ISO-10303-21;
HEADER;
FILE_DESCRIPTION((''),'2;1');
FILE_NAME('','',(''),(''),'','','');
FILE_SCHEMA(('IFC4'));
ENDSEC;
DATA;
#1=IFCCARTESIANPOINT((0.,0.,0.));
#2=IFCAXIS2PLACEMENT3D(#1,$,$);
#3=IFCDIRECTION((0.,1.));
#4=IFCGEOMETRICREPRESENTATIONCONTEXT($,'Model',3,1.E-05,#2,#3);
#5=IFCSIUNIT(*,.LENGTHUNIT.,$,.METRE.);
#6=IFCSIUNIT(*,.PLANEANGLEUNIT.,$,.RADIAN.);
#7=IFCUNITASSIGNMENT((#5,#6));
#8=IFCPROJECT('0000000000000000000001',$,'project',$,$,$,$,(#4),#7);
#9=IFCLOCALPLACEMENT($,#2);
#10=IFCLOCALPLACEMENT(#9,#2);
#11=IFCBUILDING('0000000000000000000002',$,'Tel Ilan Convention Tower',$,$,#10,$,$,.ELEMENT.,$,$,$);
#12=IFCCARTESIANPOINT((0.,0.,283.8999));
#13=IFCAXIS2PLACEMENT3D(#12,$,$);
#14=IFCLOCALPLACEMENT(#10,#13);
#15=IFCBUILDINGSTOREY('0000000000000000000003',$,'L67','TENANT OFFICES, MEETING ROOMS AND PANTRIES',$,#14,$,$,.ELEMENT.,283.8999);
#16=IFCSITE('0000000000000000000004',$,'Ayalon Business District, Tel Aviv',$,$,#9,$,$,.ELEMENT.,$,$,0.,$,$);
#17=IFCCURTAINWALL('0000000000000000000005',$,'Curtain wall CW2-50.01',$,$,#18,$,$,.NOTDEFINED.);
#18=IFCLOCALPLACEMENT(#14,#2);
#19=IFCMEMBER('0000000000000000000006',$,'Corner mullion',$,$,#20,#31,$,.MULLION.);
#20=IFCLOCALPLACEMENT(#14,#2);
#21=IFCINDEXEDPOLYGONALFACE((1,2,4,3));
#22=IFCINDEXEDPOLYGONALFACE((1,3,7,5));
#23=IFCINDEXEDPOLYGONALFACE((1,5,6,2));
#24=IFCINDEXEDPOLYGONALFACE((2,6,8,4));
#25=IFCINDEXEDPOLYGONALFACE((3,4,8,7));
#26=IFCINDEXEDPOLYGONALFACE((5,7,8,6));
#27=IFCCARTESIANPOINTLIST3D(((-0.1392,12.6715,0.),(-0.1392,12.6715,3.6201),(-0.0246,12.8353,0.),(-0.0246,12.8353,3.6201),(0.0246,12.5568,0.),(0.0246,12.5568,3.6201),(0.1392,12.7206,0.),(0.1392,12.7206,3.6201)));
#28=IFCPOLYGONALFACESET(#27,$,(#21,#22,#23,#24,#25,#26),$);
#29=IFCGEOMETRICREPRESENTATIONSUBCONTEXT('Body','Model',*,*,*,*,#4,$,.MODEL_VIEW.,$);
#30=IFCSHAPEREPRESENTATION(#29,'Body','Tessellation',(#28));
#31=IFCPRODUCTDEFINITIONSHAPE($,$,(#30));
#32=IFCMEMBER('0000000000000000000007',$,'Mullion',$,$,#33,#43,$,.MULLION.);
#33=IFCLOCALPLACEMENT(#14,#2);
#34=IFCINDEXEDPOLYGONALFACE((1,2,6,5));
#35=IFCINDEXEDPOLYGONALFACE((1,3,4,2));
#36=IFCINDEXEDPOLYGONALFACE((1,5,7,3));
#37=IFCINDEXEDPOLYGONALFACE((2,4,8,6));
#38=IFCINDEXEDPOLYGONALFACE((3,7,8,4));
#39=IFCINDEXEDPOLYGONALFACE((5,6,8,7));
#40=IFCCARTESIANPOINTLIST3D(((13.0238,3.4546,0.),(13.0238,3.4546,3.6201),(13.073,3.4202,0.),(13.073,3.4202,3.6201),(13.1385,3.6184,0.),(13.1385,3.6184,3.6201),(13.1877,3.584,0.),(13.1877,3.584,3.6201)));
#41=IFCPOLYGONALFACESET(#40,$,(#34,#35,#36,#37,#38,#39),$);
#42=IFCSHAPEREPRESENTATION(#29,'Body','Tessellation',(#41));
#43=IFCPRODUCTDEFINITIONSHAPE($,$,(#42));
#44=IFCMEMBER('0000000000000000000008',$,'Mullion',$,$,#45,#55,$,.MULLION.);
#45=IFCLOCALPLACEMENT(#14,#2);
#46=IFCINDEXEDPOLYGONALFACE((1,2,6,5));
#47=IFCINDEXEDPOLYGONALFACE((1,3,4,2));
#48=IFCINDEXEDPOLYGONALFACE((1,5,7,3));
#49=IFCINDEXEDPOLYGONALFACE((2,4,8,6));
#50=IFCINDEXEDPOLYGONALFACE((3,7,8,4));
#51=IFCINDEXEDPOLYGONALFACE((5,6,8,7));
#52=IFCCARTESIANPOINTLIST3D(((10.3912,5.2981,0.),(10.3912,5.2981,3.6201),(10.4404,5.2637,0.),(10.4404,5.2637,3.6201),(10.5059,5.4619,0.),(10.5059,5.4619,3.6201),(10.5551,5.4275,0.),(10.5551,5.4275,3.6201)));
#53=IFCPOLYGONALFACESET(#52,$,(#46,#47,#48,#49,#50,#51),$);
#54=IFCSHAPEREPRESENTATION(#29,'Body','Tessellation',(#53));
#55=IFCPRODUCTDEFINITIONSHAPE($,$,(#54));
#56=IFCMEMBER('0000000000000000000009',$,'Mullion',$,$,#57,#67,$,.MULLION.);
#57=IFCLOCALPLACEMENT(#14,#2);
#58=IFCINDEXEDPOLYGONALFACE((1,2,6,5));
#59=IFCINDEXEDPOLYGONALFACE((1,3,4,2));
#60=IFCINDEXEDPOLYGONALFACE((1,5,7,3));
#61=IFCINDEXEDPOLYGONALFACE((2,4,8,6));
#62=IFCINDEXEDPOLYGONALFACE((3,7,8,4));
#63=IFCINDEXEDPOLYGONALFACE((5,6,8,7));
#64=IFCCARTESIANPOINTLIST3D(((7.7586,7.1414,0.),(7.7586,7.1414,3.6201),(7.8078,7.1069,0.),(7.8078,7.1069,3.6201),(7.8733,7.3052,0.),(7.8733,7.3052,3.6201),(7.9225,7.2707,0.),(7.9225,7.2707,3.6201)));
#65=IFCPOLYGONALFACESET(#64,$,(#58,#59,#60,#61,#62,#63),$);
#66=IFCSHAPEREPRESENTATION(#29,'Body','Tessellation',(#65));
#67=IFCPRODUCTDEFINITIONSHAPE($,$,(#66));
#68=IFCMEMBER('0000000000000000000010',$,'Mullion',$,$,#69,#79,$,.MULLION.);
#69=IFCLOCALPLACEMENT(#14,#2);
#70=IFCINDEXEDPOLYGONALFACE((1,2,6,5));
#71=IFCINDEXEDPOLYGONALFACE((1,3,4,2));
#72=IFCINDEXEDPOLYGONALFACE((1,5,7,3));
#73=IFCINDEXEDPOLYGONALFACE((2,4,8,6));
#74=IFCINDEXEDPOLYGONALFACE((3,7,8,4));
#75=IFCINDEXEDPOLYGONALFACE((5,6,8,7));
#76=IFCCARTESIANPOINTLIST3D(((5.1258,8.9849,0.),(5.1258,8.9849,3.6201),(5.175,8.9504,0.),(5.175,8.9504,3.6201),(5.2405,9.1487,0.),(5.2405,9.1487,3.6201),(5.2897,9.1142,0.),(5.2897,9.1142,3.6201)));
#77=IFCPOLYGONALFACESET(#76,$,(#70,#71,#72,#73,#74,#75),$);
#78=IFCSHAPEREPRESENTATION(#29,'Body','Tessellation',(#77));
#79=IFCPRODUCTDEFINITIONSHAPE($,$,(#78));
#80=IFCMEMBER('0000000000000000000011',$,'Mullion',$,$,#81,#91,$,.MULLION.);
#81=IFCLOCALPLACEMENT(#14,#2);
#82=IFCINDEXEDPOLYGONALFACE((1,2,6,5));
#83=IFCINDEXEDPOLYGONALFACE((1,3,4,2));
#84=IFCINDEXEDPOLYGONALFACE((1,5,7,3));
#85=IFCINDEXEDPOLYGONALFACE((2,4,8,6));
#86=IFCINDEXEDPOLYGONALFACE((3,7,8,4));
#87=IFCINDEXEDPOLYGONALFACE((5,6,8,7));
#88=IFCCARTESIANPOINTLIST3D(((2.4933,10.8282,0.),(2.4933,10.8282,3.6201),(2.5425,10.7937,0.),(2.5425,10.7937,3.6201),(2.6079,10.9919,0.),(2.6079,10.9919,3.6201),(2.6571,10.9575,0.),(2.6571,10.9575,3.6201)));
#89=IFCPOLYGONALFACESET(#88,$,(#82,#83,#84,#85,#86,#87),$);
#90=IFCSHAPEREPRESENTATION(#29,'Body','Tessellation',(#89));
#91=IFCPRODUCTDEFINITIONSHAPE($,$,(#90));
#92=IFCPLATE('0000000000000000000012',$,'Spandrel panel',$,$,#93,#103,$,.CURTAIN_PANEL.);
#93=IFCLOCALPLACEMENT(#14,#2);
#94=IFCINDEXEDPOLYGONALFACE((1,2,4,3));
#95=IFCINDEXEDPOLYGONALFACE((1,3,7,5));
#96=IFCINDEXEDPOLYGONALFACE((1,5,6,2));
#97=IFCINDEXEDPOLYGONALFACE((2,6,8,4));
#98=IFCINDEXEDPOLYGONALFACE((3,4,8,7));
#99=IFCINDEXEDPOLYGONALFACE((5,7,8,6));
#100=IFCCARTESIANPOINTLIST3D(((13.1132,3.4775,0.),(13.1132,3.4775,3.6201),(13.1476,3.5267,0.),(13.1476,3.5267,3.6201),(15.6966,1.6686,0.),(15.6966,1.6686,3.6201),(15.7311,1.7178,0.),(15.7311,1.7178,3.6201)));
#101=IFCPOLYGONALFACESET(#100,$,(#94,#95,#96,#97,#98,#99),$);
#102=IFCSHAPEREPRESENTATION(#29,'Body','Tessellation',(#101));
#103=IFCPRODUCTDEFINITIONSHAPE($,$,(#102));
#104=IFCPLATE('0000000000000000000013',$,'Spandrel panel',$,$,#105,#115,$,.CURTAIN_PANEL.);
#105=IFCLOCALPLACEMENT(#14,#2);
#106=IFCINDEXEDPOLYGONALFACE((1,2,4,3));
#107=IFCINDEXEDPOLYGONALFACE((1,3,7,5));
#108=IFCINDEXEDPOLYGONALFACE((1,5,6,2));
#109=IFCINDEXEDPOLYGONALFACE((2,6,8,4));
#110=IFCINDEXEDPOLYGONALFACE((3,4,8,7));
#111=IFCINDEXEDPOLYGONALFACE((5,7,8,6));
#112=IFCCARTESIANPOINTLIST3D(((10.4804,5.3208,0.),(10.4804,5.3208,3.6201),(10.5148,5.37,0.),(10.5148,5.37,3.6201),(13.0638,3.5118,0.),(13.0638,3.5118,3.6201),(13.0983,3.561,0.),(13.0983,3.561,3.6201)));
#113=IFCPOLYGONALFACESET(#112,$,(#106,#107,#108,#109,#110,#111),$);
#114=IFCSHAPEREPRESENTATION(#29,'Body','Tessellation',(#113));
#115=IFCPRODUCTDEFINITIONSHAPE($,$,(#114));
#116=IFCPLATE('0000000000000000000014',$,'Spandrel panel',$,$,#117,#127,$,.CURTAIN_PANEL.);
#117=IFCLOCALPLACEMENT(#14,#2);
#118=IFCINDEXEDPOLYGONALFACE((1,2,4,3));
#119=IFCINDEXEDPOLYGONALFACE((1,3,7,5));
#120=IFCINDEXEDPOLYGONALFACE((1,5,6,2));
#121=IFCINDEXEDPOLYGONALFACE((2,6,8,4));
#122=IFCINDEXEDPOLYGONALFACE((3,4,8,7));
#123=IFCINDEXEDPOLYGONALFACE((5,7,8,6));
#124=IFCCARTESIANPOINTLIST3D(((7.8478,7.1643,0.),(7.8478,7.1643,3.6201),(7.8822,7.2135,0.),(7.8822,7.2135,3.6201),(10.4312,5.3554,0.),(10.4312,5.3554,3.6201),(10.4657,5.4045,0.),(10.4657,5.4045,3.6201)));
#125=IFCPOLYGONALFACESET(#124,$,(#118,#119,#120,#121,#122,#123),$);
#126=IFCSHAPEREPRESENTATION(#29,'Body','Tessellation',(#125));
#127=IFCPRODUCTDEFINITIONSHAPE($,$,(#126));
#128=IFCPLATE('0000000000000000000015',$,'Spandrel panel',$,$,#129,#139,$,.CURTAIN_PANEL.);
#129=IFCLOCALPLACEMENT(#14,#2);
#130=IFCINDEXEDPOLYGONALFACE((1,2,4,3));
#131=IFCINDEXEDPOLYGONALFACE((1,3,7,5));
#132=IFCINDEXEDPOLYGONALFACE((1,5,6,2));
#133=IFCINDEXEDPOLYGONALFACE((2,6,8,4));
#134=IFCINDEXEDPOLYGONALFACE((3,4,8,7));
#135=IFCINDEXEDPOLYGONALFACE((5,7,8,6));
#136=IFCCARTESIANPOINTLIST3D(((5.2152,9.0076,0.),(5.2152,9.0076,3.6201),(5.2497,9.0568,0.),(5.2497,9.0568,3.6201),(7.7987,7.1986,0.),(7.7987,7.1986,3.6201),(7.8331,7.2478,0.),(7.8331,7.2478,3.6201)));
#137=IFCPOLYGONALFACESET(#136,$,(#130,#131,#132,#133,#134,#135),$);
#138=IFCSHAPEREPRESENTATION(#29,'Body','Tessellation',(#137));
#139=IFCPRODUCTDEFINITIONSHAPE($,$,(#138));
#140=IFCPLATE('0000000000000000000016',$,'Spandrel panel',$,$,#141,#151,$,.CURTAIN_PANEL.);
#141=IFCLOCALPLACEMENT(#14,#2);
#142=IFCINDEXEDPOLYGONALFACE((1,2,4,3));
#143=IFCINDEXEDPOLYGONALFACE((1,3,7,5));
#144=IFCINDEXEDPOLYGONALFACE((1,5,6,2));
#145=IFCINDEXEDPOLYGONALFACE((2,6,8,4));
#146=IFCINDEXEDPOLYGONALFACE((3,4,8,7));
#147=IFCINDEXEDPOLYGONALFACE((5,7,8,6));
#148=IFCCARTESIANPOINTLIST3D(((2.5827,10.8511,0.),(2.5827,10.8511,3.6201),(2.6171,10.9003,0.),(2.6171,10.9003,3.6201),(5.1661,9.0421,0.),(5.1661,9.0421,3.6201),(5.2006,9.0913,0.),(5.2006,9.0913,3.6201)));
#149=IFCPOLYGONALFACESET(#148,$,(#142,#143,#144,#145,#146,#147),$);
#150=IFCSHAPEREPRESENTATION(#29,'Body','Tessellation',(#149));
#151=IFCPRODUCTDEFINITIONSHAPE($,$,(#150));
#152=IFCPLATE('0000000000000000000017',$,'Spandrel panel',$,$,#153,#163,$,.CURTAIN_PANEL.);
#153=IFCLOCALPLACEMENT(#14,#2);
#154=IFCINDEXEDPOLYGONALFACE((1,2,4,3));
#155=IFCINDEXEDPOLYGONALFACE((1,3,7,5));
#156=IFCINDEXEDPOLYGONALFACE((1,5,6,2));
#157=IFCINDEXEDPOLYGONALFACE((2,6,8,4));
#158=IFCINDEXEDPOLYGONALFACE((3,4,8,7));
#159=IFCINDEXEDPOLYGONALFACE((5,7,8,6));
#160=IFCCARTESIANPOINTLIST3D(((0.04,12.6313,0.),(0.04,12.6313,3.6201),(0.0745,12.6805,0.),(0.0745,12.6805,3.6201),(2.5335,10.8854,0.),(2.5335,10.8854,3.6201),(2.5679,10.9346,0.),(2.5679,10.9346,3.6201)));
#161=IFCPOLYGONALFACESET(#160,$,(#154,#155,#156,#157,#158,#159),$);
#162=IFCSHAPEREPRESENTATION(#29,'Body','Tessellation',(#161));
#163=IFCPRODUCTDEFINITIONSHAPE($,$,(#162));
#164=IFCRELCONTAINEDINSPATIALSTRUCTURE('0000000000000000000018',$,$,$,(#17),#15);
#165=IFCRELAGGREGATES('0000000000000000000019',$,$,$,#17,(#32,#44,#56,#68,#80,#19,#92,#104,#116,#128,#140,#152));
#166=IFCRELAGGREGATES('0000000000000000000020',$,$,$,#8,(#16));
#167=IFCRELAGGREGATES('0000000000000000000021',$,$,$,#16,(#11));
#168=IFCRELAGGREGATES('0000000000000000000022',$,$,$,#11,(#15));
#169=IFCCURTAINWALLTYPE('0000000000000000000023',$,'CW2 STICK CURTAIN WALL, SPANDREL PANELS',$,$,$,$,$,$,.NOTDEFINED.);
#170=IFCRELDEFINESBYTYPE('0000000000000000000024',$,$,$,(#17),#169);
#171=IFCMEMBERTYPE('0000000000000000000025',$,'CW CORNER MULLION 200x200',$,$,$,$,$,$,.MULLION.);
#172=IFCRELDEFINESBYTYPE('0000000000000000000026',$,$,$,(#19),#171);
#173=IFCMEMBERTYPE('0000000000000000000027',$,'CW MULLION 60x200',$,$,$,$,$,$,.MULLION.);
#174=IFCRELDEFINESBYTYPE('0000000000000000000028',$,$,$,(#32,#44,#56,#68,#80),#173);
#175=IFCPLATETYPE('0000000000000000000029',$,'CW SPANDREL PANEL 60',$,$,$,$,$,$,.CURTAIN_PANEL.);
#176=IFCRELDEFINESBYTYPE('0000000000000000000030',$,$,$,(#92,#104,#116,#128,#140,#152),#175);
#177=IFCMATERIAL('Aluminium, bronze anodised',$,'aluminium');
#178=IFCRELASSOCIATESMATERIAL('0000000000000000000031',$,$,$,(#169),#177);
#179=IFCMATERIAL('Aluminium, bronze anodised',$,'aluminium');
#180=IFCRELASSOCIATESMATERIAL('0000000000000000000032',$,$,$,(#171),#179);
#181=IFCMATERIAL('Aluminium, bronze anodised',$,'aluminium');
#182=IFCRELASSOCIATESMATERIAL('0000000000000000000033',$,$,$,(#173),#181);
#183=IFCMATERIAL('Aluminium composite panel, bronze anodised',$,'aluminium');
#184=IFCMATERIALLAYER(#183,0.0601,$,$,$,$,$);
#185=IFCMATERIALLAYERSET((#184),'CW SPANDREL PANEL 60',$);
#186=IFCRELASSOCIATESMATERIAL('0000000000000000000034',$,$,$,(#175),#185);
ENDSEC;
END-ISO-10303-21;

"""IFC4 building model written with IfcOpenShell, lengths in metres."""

from ifc_helpers import new_model, si_unit, direction, frame, origin, origin_2d, place, context, subcontext, project, spatial, rectangle, extrude, material, layer, layer_set, material_profile, profile_set, type_object, element, aggregate, save


model = new_model("IFC4")

# Units and contexts
model_context = context("Model", 3, precision=1e-05, world=origin(), true_north=direction((0.0, 1.0)))
body_context = subcontext(model_context, "Body", "Model", "MODEL_VIEW")
ifc_project = project(units=[si_unit("LENGTHUNIT", "METRE"), si_unit("PLANEANGLEUNIT", "RADIAN")], contexts=[model_context])

# Site, building, storey
site_placement = place(None, origin())
site = spatial("IfcSite", under=ifc_project, at=site_placement, Name="Ayalon Business District, Tel Aviv", CompositionType="ELEMENT", RefElevation=0.0)
building_placement = place(site_placement, origin())
building = spatial("IfcBuilding", under=site, at=building_placement, Name="Tel Ilan Convention Tower", CompositionType="ELEMENT")
storey_placement = place(building_placement, frame((0.0, 0.0, 283.8999)))
storey = spatial("IfcBuildingStorey", under=building, at=storey_placement, Name="L67", Description="TENANT OFFICES, MEETING ROOMS AND PANTRIES", CompositionType="ELEMENT", Elevation=283.8999)

# Curtain wall, members, plates
ifc_material_1 = material(Name="Aluminium, bronze anodised", Category="aluminium")
curtain_wall_type = type_object("IfcCurtainWallType", Name="CW2 STICK CURTAIN WALL, SPANDREL PANELS", PredefinedType="NOTDEFINED", material=ifc_material_1)
curtain_wall_placement = place(storey_placement, origin())
curtain_wall = element("IfcCurtainWall", 1, at=curtain_wall_placement, inside=storey, type_object=curtain_wall_type, Name="Curtain wall CW2-50.01", PredefinedType="NOTDEFINED")
ifc_material_2 = material(Name="Aluminium, bronze anodised", Category="aluminium")
ifc_material_profile_1 = material_profile(ifc_material_2, rectangle(XDim=0.2, YDim=0.2, at=origin_2d()), Name="CW CORNER MULLION 200x200")
ifc_profile_set_1 = profile_set([ifc_material_profile_1], Name="Aluminium, bronze anodised")
member_type_1 = type_object("IfcMemberType", Name="CW CORNER MULLION 200x200", PredefinedType="MULLION", material=ifc_profile_set_1)
member_1_placement = place(storey_placement, frame((0.0, 12.696, 0.0), z_axis=(0.0, 0.0, 1.0), x_axis=(-0.819152, 0.573576, 0.0)))
member_1 = element("IfcMember", 2, at=member_1_placement, type_object=member_type_1, Name="Corner mullion", PredefinedType="MULLION", context=body_context, shape_type="SweptSolid", body=[
    extrude(rectangle(XDim=0.2, YDim=0.2, at=origin_2d()), origin(), (0.0, 0.0, 1.0), 3.6201),
])
ifc_material_3 = material(Name="Aluminium, bronze anodised", Category="aluminium")
ifc_material_profile_2 = material_profile(ifc_material_3, rectangle(XDim=0.0601, YDim=0.2, at=origin_2d()), Name="CW MULLION 60x200")
ifc_profile_set_2 = profile_set([ifc_material_profile_2], Name="Aluminium, bronze anodised")
member_type_2 = type_object("IfcMemberType", Name="CW MULLION 60x200", PredefinedType="MULLION", material=ifc_profile_set_2)
member_2_placement = place(storey_placement, frame((13.1057, 3.5193, 0.0), z_axis=(0.0, 0.0, 1.0), x_axis=(-0.819152, 0.573576, 0.0)))
member_2 = element("IfcMember", 3, at=member_2_placement, type_object=member_type_2, Name="Mullion", PredefinedType="MULLION", context=body_context, shape_type="SweptSolid", body=[
    extrude(rectangle(XDim=0.0601, YDim=0.2, at=origin_2d()), origin(), (0.0, 0.0, 1.0), 3.6201),
])
member_3_placement = place(storey_placement, frame((10.4731, 5.3628, 0.0), z_axis=(0.0, 0.0, 1.0), x_axis=(-0.819152, 0.573576, 0.0)))
member_3 = element("IfcMember", 4, at=member_3_placement, type_object=member_type_2, Name="Mullion", PredefinedType="MULLION", context=body_context, shape_type="SweptSolid", body=[
    extrude(rectangle(XDim=0.0601, YDim=0.2, at=origin_2d()), origin(), (0.0, 0.0, 1.0), 3.6201),
])
member_4_placement = place(storey_placement, frame((7.8406, 7.2061, 0.0), z_axis=(0.0, 0.0, 1.0), x_axis=(-0.819152, 0.573576, 0.0)))
member_4 = element("IfcMember", 5, at=member_4_placement, type_object=member_type_2, Name="Mullion", PredefinedType="MULLION", context=body_context, shape_type="SweptSolid", body=[
    extrude(rectangle(XDim=0.0601, YDim=0.2, at=origin_2d()), origin(), (0.0, 0.0, 1.0), 3.6201),
])
member_5_placement = place(storey_placement, frame((5.2078, 9.0496, 0.0), z_axis=(0.0, 0.0, 1.0), x_axis=(-0.819152, 0.573576, 0.0)))
member_5 = element("IfcMember", 6, at=member_5_placement, type_object=member_type_2, Name="Mullion", PredefinedType="MULLION", context=body_context, shape_type="SweptSolid", body=[
    extrude(rectangle(XDim=0.0601, YDim=0.2, at=origin_2d()), origin(), (0.0, 0.0, 1.0), 3.6201),
])
member_6_placement = place(storey_placement, frame((2.5752, 10.8928, 0.0), z_axis=(0.0, 0.0, 1.0), x_axis=(-0.819152, 0.573576, 0.0)))
member_6 = element("IfcMember", 7, at=member_6_placement, type_object=member_type_2, Name="Mullion", PredefinedType="MULLION", context=body_context, shape_type="SweptSolid", body=[
    extrude(rectangle(XDim=0.0601, YDim=0.2, at=origin_2d()), origin(), (0.0, 0.0, 1.0), 3.6201),
])
ifc_material_4 = material(Name="Aluminium composite panel, bronze anodised", Category="aluminium")
ifc_layer_1 = layer(ifc_material_4, 0.0601)
ifc_layer_set_1 = layer_set([ifc_layer_1], Name="CW SPANDREL PANEL 60")
plate_type = type_object("IfcPlateType", Name="CW SPANDREL PANEL 60", PredefinedType="CURTAIN_PANEL", material=ifc_layer_set_1)
plate_1_placement = place(storey_placement, frame((14.4221, 2.5977, 0.0), z_axis=(0.0, 0.0, 1.0), x_axis=(-0.819152, 0.573576, 0.0)))
plate_1 = element("IfcPlate", 8, at=plate_1_placement, type_object=plate_type, Name="Spandrel panel", PredefinedType="CURTAIN_PANEL", context=body_context, shape_type="SweptSolid", body=[
    extrude(rectangle(XDim=3.1538, YDim=0.0601, at=origin_2d()), origin(), (0.0, 0.0, 1.0), 3.6201),
])
plate_2_placement = place(storey_placement, frame((11.7893, 4.4409, 0.0), z_axis=(0.0, 0.0, 1.0), x_axis=(-0.819152, 0.573576, 0.0)))
plate_2 = element("IfcPlate", 9, at=plate_2_placement, type_object=plate_type, Name="Spandrel panel", PredefinedType="CURTAIN_PANEL", context=body_context, shape_type="SweptSolid", body=[
    extrude(rectangle(XDim=3.1538, YDim=0.0601, at=origin_2d()), origin(), (0.0, 0.0, 1.0), 3.6201),
])
plate_3_placement = place(storey_placement, frame((9.1567, 6.2844, 0.0), z_axis=(0.0, 0.0, 1.0), x_axis=(-0.819152, 0.573576, 0.0)))
plate_3 = element("IfcPlate", 10, at=plate_3_placement, type_object=plate_type, Name="Spandrel panel", PredefinedType="CURTAIN_PANEL", context=body_context, shape_type="SweptSolid", body=[
    extrude(rectangle(XDim=3.1538, YDim=0.0601, at=origin_2d()), origin(), (0.0, 0.0, 1.0), 3.6201),
])
plate_4_placement = place(storey_placement, frame((6.5242, 8.1277, 0.0), z_axis=(0.0, 0.0, 1.0), x_axis=(-0.819152, 0.573576, 0.0)))
plate_4 = element("IfcPlate", 11, at=plate_4_placement, type_object=plate_type, Name="Spandrel panel", PredefinedType="CURTAIN_PANEL", context=body_context, shape_type="SweptSolid", body=[
    extrude(rectangle(XDim=3.1538, YDim=0.0601, at=origin_2d()), origin(), (0.0, 0.0, 1.0), 3.6201),
])
plate_5_placement = place(storey_placement, frame((3.8916, 9.9712, 0.0), z_axis=(0.0, 0.0, 1.0), x_axis=(-0.819152, 0.573576, 0.0)))
plate_5 = element("IfcPlate", 12, at=plate_5_placement, type_object=plate_type, Name="Spandrel panel", PredefinedType="CURTAIN_PANEL", context=body_context, shape_type="SweptSolid", body=[
    extrude(rectangle(XDim=3.1538, YDim=0.0601, at=origin_2d()), origin(), (0.0, 0.0, 1.0), 3.6201),
])
plate_6_placement = place(storey_placement, frame((1.304, 11.783, 0.0), z_axis=(0.0, 0.0, 1.0), x_axis=(-0.819152, 0.573576, 0.0)))
plate_6 = element("IfcPlate", 13, at=plate_6_placement, type_object=plate_type, Name="Spandrel panel", PredefinedType="CURTAIN_PANEL", context=body_context, shape_type="SweptSolid", body=[
    extrude(rectangle(XDim=3.0439, YDim=0.0601, at=origin_2d()), origin(), (0.0, 0.0, 1.0), 3.6201),
])
aggregate(curtain_wall, [member_2, member_3, member_4, member_5, member_6, member_1, plate_1, plate_2, plate_3, plate_4, plate_5, plate_6])

save(model, "model.ifc")
